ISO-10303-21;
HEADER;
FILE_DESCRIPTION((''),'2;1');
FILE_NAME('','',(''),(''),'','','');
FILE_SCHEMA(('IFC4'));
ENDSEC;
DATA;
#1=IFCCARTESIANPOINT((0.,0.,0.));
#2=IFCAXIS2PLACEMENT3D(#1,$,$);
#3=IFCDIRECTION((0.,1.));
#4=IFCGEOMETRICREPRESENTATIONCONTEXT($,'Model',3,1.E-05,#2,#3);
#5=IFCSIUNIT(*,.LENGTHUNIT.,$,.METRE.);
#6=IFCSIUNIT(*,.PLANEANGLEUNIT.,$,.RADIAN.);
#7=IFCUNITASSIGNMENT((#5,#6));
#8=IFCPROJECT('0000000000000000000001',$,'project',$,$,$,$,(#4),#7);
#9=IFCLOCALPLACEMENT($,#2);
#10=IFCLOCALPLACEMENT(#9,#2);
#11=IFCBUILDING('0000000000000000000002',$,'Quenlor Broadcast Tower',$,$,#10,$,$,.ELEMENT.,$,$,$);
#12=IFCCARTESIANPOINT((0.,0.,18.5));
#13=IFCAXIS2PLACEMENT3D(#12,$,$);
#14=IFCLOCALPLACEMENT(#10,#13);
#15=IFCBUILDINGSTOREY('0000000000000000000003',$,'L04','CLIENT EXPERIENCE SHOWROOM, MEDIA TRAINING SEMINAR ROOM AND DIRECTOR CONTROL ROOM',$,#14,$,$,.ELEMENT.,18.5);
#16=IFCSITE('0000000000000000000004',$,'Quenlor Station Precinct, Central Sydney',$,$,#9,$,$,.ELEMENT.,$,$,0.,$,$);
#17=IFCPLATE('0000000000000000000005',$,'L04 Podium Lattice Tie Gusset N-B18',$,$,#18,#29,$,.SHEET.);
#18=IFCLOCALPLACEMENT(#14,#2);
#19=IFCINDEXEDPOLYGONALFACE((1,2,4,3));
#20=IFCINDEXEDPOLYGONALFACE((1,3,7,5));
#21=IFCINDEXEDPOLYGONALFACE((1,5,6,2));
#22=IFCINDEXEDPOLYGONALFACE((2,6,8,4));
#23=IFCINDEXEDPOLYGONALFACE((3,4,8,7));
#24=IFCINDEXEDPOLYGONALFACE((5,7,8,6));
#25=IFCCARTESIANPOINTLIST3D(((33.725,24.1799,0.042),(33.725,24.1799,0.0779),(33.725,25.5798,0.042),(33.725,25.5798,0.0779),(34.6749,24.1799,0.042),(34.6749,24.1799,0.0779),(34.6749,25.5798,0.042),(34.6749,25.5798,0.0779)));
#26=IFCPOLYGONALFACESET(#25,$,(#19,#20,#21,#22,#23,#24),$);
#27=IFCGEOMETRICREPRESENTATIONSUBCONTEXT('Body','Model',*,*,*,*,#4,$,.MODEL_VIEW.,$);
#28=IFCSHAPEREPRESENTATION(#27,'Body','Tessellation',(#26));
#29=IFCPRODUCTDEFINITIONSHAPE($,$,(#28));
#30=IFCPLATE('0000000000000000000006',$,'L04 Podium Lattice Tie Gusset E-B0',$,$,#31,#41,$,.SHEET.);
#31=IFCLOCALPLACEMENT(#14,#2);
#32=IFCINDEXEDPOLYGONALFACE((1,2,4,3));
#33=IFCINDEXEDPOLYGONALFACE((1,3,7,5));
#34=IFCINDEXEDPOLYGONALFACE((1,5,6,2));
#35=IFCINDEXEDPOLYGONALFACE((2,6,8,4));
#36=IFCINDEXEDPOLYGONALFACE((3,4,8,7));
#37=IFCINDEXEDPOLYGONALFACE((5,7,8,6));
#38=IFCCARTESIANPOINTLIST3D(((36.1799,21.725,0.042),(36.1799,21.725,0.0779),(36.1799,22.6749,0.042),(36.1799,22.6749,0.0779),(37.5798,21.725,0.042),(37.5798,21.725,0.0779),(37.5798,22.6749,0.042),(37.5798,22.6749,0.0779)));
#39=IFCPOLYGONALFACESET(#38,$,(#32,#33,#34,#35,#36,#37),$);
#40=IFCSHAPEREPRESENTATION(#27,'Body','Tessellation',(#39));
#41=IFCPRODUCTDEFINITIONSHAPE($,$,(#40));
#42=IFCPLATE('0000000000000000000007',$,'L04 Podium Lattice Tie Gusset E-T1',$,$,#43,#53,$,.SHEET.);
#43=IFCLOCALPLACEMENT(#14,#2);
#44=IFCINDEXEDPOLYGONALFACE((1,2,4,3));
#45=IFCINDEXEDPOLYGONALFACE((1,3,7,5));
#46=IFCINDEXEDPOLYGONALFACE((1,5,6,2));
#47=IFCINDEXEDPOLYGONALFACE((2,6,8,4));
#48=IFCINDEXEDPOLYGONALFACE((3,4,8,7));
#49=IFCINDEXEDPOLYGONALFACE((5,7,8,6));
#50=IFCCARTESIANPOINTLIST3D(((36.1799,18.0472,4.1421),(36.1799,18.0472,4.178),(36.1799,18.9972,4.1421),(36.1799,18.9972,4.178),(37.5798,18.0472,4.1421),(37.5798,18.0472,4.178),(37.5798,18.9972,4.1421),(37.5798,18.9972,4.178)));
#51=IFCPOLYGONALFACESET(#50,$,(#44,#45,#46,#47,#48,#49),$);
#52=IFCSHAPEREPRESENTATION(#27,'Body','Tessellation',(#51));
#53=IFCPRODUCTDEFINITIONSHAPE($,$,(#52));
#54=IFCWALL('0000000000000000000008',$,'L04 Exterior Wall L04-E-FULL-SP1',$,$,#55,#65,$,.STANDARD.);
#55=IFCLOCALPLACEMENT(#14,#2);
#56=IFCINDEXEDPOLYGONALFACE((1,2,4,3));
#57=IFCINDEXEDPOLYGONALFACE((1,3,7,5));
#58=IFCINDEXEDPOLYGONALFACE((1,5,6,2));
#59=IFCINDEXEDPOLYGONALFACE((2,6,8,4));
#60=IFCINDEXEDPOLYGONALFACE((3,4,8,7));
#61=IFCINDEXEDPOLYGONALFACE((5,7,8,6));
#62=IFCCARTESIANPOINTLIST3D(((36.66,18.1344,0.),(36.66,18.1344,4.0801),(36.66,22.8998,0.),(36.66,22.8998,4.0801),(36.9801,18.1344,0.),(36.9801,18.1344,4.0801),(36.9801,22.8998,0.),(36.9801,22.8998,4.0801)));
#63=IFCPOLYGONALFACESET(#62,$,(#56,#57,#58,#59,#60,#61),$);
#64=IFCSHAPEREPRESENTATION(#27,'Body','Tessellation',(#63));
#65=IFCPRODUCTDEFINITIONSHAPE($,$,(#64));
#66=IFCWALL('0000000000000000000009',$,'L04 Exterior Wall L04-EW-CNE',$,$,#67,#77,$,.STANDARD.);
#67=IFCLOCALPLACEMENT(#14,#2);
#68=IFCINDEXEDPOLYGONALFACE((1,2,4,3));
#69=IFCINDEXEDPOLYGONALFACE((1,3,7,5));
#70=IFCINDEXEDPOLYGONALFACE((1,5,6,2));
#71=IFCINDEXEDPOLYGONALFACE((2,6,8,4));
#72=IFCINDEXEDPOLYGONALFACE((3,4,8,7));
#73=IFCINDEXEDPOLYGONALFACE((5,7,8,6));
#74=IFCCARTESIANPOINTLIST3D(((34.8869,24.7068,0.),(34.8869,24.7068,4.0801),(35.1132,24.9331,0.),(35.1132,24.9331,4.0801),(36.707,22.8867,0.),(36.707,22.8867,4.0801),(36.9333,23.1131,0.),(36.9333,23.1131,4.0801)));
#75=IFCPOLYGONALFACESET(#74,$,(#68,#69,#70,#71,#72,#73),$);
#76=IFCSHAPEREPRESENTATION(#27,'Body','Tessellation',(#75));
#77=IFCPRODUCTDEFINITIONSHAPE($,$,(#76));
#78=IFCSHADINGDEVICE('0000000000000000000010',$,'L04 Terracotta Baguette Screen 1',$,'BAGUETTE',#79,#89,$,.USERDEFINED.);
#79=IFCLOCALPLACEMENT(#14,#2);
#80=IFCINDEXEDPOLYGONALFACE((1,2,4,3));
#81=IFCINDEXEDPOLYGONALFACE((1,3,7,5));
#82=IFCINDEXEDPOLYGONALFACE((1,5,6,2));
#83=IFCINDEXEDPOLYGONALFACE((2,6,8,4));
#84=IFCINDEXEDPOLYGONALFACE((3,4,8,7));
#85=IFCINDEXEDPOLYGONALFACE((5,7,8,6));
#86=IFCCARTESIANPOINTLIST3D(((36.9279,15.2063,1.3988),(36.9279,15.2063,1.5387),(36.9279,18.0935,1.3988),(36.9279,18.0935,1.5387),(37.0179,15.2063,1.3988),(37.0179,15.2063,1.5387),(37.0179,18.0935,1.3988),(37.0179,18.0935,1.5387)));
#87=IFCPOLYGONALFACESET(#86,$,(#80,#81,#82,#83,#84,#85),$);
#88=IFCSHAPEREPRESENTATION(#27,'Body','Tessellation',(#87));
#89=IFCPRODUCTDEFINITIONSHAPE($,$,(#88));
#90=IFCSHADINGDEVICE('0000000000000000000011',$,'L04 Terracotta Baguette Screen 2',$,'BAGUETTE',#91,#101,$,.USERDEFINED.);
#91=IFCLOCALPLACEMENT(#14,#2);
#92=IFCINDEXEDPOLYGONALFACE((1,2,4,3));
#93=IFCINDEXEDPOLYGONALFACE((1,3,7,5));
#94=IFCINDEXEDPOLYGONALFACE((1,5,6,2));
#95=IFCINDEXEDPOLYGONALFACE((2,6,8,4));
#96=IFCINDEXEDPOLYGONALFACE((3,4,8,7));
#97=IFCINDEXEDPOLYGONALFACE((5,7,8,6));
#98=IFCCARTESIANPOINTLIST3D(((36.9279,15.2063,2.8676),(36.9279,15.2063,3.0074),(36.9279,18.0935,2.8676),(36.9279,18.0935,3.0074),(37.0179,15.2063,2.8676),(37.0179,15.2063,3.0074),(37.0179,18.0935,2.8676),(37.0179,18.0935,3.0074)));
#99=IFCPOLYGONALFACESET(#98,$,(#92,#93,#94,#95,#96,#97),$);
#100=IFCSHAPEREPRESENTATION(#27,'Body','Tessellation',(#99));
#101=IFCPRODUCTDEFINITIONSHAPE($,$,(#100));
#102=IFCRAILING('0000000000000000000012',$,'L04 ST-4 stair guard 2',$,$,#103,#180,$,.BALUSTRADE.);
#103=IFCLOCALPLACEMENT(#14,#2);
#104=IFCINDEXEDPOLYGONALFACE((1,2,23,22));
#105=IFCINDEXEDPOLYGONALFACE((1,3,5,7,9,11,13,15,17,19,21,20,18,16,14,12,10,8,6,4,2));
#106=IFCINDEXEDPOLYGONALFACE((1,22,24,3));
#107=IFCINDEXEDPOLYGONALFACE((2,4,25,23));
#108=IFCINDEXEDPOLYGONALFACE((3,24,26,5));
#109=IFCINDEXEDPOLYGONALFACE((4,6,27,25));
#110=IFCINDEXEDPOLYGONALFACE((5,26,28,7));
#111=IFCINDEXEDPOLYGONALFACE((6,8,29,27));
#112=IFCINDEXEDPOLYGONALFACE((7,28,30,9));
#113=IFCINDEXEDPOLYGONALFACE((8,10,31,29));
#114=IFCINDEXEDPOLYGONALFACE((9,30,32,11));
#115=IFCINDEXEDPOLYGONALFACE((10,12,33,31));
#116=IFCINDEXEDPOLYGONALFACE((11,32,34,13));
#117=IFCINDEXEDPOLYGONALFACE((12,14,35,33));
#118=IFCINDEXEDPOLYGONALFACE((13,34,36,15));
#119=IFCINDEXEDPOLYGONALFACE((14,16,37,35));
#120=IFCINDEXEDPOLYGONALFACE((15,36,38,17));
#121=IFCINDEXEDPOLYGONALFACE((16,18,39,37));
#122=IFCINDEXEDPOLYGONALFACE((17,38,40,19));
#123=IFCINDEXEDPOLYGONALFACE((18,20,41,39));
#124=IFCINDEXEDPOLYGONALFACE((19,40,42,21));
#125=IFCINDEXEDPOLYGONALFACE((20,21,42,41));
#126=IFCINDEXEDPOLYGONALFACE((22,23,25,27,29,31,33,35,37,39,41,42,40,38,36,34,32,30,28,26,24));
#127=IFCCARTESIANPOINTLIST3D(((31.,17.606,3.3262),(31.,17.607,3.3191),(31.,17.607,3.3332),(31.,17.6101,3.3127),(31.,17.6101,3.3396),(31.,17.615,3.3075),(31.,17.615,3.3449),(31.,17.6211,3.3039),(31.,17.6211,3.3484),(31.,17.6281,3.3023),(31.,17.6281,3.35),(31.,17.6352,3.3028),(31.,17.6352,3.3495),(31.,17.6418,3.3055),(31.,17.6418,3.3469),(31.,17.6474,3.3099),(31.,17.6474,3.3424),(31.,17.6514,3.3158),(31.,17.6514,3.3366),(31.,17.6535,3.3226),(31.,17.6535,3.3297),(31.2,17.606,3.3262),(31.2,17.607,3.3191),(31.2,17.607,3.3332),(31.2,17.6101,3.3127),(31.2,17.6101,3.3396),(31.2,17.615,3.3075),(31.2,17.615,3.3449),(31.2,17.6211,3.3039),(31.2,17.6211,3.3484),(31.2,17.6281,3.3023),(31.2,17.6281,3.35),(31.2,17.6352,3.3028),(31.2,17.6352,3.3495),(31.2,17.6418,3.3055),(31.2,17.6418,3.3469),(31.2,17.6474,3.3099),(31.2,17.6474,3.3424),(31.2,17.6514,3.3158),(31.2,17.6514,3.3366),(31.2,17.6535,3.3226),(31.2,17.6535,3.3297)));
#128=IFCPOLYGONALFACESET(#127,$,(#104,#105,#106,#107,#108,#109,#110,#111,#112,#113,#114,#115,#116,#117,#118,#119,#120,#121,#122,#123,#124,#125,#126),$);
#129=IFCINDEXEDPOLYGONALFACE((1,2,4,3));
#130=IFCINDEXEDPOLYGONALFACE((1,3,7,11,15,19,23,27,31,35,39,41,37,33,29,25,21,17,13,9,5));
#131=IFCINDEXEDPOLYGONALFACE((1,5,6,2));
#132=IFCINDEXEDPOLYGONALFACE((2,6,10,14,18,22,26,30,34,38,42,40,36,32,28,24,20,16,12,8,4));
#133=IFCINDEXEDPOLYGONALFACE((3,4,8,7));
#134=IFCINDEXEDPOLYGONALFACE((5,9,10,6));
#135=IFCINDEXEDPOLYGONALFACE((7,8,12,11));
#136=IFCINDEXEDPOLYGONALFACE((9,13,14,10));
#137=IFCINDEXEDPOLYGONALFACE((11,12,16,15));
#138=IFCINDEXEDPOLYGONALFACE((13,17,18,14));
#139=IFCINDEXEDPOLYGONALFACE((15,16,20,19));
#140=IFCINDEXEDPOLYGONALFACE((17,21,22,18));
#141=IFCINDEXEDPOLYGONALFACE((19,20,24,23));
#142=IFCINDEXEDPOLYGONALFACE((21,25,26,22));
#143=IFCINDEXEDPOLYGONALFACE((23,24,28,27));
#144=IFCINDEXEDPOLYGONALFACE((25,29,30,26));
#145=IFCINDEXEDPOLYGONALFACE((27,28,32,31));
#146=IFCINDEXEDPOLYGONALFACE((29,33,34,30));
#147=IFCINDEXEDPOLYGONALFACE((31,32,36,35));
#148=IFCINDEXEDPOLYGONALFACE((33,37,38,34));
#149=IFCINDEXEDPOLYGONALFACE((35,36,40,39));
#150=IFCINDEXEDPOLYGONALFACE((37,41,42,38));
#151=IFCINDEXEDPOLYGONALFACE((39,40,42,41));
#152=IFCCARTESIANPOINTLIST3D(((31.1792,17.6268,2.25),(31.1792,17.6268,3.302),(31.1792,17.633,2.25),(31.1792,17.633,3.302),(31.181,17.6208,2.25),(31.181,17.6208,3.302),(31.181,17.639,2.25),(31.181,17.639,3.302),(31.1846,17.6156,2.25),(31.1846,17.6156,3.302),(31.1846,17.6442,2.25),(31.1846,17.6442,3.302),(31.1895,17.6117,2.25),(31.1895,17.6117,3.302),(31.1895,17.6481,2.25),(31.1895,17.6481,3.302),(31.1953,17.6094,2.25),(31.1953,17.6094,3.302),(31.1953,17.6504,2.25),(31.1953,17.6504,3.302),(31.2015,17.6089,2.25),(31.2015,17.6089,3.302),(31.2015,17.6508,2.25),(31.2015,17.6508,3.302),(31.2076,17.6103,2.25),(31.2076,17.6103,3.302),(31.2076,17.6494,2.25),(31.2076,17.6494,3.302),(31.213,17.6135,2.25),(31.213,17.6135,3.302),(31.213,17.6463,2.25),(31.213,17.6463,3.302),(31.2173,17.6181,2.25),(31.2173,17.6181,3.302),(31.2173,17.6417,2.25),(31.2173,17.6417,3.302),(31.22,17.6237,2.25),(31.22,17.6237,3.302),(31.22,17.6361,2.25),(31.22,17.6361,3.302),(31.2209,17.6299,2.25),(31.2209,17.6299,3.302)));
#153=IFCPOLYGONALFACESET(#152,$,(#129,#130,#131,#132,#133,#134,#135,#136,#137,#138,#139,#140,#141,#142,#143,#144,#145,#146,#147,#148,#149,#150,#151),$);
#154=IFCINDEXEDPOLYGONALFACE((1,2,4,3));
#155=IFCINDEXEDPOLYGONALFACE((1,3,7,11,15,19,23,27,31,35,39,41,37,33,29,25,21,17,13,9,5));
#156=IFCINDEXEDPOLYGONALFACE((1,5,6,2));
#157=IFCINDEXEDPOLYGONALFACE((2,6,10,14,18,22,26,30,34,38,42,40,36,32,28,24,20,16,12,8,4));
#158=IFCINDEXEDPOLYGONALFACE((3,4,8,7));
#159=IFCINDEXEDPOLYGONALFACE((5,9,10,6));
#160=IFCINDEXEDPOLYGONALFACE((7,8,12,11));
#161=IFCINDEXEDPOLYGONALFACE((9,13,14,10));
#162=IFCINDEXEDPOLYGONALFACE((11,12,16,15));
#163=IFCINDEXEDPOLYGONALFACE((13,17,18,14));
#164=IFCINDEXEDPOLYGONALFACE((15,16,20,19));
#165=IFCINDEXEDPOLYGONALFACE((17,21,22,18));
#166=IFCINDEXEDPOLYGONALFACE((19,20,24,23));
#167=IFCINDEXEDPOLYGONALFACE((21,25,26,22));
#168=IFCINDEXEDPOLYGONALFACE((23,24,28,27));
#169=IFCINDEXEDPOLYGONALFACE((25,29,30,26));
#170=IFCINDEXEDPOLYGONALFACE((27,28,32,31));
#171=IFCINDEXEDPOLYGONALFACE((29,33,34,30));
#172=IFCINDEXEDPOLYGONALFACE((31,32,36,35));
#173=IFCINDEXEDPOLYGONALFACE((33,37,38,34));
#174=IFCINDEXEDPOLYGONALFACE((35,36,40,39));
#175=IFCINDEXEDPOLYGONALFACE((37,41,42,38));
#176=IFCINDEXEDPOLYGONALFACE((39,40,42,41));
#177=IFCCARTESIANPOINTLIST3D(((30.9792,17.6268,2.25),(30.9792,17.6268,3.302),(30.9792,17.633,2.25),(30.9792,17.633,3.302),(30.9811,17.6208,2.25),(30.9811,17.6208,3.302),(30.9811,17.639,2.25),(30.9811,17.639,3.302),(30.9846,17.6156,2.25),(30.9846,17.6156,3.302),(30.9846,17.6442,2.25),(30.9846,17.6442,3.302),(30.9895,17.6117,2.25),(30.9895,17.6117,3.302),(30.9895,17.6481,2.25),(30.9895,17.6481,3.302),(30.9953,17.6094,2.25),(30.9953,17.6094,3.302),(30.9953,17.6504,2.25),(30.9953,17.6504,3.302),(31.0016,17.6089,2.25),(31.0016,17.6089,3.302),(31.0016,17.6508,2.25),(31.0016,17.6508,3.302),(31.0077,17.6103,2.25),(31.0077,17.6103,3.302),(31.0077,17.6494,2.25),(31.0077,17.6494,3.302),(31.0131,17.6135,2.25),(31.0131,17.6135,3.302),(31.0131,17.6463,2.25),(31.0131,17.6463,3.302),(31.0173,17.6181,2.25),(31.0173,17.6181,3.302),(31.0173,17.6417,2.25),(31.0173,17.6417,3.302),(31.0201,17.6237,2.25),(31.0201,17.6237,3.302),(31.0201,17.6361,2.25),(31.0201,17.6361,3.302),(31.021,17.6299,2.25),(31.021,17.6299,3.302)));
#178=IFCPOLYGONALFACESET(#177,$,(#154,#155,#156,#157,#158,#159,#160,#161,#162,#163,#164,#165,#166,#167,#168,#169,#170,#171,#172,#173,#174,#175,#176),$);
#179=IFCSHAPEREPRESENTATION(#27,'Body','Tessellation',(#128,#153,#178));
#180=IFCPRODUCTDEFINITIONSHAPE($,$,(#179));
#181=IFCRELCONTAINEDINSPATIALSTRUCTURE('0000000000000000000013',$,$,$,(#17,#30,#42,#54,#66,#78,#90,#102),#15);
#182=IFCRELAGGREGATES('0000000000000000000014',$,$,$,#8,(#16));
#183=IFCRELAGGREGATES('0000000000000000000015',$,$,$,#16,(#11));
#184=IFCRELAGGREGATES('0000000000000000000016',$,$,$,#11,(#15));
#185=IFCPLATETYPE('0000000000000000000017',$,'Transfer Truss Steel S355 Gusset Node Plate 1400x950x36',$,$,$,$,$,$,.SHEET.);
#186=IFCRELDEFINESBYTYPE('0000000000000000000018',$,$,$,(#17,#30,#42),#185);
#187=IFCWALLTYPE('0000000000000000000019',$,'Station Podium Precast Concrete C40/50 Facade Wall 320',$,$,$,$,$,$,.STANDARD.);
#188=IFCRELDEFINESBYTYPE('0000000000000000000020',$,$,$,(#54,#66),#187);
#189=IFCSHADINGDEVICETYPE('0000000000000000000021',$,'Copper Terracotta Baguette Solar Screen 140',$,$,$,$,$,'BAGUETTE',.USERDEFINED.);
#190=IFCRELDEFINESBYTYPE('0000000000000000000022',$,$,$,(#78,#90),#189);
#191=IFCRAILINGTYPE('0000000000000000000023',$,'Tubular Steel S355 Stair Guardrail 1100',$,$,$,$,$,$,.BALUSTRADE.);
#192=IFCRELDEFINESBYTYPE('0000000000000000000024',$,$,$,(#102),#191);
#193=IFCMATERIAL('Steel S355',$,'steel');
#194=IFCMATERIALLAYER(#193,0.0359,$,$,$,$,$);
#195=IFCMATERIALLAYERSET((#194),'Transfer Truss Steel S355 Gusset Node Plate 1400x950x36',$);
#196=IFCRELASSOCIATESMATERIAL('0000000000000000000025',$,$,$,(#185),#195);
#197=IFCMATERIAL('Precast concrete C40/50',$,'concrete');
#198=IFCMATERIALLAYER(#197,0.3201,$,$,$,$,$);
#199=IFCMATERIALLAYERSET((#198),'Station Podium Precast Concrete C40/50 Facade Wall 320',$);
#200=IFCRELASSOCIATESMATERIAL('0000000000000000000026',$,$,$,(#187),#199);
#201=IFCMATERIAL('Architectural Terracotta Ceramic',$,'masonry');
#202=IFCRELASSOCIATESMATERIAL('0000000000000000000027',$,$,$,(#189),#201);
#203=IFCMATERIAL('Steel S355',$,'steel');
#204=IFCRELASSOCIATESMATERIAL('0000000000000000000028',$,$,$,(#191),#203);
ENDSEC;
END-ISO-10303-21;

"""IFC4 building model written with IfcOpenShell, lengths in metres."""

from ifc_helpers import new_model, si_unit, direction, frame, frame_2d, origin, origin_2d, place, context, subcontext, project, spatial, rectangle, circle, extrude, material, layer, layer_set, material_profile, profile_set, type_object, element, save


model = new_model("IFC4")

# Units and contexts
model_context = context("Model", 3, precision=1e-05, world=origin(), true_north=direction((0.0, 1.0)))
body_context = subcontext(model_context, "Body", "Model", "MODEL_VIEW")
ifc_project = project(units=[si_unit("LENGTHUNIT", "METRE"), si_unit("PLANEANGLEUNIT", "RADIAN")], contexts=[model_context])

# Site, building, storey
site_placement = place(None, origin())
site = spatial("IfcSite", under=ifc_project, at=site_placement, Name="Quenlor Station Precinct, Central Sydney", CompositionType="ELEMENT", RefElevation=0.0)
building_placement = place(site_placement, origin())
building = spatial("IfcBuilding", under=site, at=building_placement, Name="Quenlor Broadcast Tower", CompositionType="ELEMENT")
storey_placement = place(building_placement, frame((0.0, 0.0, 18.5)))
storey = spatial("IfcBuildingStorey", under=building, at=storey_placement, Name="L04", Description="CLIENT EXPERIENCE SHOWROOM, MEDIA TRAINING SEMINAR ROOM AND DIRECTOR CONTROL ROOM", CompositionType="ELEMENT", Elevation=18.5)

# Plates
ifc_material_1 = material(Name="Steel S355", Category="steel")
ifc_layer_1 = layer(ifc_material_1, 0.0359)
ifc_layer_set_1 = layer_set([ifc_layer_1], Name="Transfer Truss Steel S355 Gusset Node Plate 1400x950x36")
plate_type_1 = type_object("IfcPlateType", Name="Transfer Truss Steel S355 Gusset Node Plate 1400x950x36", PredefinedType="SHEET", material=ifc_layer_set_1)
for number, where, z_axis, x_axis, name in (
    (1, (34.2, 24.8799, 0.042), (0.0, 0.0, 1.0), (0.0, 1.0, 0.0), "L04 Podium Lattice Tie Gusset N-B18"),
    (2, (36.8799, 22.2, 0.042), (0.0, 0.0, 1.0), (1.0, 0.0, 0.0), "L04 Podium Lattice Tie Gusset E-B0"),
    (3, (36.8799, 18.5222, 4.1421), (0.0, 0.0, 1.0), (1.0, 0.0, 0.0), "L04 Podium Lattice Tie Gusset E-T1"),
):
    element("IfcPlate", number, at=place(storey_placement, frame(where, z_axis=z_axis, x_axis=x_axis)), inside=storey, type_object=plate_type_1, Name=name, PredefinedType="SHEET", context=body_context, shape_type="SweptSolid", body=[
        extrude(rectangle(XDim=1.3999, YDim=0.95, at=origin_2d()), origin(), (0.0, 0.0, 1.0), 0.0359),
    ])

# Walls
ifc_material_2 = material(Name="Precast concrete C40/50", Category="concrete")
ifc_layer_2 = layer(ifc_material_2, 0.3201)
ifc_layer_set_2 = layer_set([ifc_layer_2], Name="Station Podium Precast Concrete C40/50 Facade Wall 320")
wall_type = type_object("IfcWallType", Name="Station Podium Precast Concrete C40/50 Facade Wall 320", PredefinedType="STANDARD", material=ifc_layer_set_2)
wall_1_placement = place(storey_placement, frame((36.8201, 22.8999, 0.0), z_axis=(0.0, 0.0, 1.0), x_axis=(0.0, -1.0, 0.0)))
element("IfcWall", 4, at=wall_1_placement, inside=storey, type_object=wall_type, Name="L04 Exterior Wall L04-E-FULL-SP1", PredefinedType="STANDARD", context=body_context, shape_type="SweptSolid", body=[
    extrude(rectangle(XDim=4.7654, YDim=0.3201, at=frame_2d((2.3828, 0.0))), origin(), (0.0, 0.0, 1.0), 4.0801),
])
wall_2_placement = place(storey_placement, frame((35.0, 24.8201, 0.0), z_axis=(0.0, 0.0, 1.0), x_axis=(0.707107, -0.707107, 0.0)))
element("IfcWall", 5, at=wall_2_placement, inside=storey, type_object=wall_type, Name="L04 Exterior Wall L04-EW-CNE", PredefinedType="STANDARD", context=body_context, shape_type="SweptSolid", body=[
    extrude(rectangle(XDim=2.574, YDim=0.3201, at=frame_2d((1.2871, 0.0))), origin(), (0.0, 0.0, 1.0), 4.0801),
])

# Shading devices
ifc_material_3 = material(Name="Architectural Terracotta Ceramic", Category="masonry")
ifc_material_profile_1 = material_profile(ifc_material_3, rectangle(XDim=0.0901, YDim=0.1399, at=origin_2d()))
ifc_profile_set_1 = profile_set([ifc_material_profile_1], Name="Architectural Terracotta Ceramic BAG90x140")
shading_device_type = type_object("IfcShadingDeviceType", Name="Copper Terracotta Baguette Solar Screen 140", ElementType="BAGUETTE", PredefinedType="USERDEFINED", material=ifc_profile_set_1)
for number, where, z_axis, x_axis, name in (
    (6, (36.9729, 18.0935, 1.4688), (0.0, -1.0, 0.0), (1.0, 0.0, 0.0), "L04 Terracotta Baguette Screen 1"),
    (7, (36.9729, 18.0935, 2.9375), (0.0, -1.0, 0.0), (1.0, 0.0, 0.0), "L04 Terracotta Baguette Screen 2"),
):
    element("IfcShadingDevice", number, at=place(storey_placement, frame(where, z_axis=z_axis, x_axis=x_axis)), inside=storey, type_object=shading_device_type, Name=name, ObjectType="BAGUETTE", PredefinedType="USERDEFINED", context=body_context, shape_type="SweptSolid", body=[
        extrude(rectangle(XDim=0.0901, YDim=0.1399, at=origin_2d()), origin(), (0.0, 0.0, 1.0), 2.8872),
    ])

# Railing
ifc_material_4 = material(Name="Steel S355", Category="steel")
railing_type = type_object("IfcRailingType", Name="Tubular Steel S355 Stair Guardrail 1100", PredefinedType="BALUSTRADE", material=ifc_material_4)
railing_1_placement = place(storey_placement, frame((31.2, 17.6299, 2.25)))
element("IfcRailing", 8, at=railing_1_placement, inside=storey, type_object=railing_type, Name="L04 ST-4 stair guard 2", PredefinedType="BALUSTRADE", context=body_context, shape_type="SweptSolid", body=[
    extrude(circle(Radius=0.0239, at=origin_2d()), frame((0.0, 0.0, 1.0762), z_axis=(-1.0, 0.0, 0.0), x_axis=(0.0, -1.0, 0.0)), (0.0, 0.0, 1.0), 0.2),
    extrude(circle(Radius=0.021, at=origin_2d()), origin(), (0.0, 0.0, 1.0), 1.052),
    extrude(circle(Radius=0.021, at=origin_2d()), frame((-0.2, 0.0, 0.0)), (0.0, 0.0, 1.0), 1.052),
])

save(model, "model.ifc")
